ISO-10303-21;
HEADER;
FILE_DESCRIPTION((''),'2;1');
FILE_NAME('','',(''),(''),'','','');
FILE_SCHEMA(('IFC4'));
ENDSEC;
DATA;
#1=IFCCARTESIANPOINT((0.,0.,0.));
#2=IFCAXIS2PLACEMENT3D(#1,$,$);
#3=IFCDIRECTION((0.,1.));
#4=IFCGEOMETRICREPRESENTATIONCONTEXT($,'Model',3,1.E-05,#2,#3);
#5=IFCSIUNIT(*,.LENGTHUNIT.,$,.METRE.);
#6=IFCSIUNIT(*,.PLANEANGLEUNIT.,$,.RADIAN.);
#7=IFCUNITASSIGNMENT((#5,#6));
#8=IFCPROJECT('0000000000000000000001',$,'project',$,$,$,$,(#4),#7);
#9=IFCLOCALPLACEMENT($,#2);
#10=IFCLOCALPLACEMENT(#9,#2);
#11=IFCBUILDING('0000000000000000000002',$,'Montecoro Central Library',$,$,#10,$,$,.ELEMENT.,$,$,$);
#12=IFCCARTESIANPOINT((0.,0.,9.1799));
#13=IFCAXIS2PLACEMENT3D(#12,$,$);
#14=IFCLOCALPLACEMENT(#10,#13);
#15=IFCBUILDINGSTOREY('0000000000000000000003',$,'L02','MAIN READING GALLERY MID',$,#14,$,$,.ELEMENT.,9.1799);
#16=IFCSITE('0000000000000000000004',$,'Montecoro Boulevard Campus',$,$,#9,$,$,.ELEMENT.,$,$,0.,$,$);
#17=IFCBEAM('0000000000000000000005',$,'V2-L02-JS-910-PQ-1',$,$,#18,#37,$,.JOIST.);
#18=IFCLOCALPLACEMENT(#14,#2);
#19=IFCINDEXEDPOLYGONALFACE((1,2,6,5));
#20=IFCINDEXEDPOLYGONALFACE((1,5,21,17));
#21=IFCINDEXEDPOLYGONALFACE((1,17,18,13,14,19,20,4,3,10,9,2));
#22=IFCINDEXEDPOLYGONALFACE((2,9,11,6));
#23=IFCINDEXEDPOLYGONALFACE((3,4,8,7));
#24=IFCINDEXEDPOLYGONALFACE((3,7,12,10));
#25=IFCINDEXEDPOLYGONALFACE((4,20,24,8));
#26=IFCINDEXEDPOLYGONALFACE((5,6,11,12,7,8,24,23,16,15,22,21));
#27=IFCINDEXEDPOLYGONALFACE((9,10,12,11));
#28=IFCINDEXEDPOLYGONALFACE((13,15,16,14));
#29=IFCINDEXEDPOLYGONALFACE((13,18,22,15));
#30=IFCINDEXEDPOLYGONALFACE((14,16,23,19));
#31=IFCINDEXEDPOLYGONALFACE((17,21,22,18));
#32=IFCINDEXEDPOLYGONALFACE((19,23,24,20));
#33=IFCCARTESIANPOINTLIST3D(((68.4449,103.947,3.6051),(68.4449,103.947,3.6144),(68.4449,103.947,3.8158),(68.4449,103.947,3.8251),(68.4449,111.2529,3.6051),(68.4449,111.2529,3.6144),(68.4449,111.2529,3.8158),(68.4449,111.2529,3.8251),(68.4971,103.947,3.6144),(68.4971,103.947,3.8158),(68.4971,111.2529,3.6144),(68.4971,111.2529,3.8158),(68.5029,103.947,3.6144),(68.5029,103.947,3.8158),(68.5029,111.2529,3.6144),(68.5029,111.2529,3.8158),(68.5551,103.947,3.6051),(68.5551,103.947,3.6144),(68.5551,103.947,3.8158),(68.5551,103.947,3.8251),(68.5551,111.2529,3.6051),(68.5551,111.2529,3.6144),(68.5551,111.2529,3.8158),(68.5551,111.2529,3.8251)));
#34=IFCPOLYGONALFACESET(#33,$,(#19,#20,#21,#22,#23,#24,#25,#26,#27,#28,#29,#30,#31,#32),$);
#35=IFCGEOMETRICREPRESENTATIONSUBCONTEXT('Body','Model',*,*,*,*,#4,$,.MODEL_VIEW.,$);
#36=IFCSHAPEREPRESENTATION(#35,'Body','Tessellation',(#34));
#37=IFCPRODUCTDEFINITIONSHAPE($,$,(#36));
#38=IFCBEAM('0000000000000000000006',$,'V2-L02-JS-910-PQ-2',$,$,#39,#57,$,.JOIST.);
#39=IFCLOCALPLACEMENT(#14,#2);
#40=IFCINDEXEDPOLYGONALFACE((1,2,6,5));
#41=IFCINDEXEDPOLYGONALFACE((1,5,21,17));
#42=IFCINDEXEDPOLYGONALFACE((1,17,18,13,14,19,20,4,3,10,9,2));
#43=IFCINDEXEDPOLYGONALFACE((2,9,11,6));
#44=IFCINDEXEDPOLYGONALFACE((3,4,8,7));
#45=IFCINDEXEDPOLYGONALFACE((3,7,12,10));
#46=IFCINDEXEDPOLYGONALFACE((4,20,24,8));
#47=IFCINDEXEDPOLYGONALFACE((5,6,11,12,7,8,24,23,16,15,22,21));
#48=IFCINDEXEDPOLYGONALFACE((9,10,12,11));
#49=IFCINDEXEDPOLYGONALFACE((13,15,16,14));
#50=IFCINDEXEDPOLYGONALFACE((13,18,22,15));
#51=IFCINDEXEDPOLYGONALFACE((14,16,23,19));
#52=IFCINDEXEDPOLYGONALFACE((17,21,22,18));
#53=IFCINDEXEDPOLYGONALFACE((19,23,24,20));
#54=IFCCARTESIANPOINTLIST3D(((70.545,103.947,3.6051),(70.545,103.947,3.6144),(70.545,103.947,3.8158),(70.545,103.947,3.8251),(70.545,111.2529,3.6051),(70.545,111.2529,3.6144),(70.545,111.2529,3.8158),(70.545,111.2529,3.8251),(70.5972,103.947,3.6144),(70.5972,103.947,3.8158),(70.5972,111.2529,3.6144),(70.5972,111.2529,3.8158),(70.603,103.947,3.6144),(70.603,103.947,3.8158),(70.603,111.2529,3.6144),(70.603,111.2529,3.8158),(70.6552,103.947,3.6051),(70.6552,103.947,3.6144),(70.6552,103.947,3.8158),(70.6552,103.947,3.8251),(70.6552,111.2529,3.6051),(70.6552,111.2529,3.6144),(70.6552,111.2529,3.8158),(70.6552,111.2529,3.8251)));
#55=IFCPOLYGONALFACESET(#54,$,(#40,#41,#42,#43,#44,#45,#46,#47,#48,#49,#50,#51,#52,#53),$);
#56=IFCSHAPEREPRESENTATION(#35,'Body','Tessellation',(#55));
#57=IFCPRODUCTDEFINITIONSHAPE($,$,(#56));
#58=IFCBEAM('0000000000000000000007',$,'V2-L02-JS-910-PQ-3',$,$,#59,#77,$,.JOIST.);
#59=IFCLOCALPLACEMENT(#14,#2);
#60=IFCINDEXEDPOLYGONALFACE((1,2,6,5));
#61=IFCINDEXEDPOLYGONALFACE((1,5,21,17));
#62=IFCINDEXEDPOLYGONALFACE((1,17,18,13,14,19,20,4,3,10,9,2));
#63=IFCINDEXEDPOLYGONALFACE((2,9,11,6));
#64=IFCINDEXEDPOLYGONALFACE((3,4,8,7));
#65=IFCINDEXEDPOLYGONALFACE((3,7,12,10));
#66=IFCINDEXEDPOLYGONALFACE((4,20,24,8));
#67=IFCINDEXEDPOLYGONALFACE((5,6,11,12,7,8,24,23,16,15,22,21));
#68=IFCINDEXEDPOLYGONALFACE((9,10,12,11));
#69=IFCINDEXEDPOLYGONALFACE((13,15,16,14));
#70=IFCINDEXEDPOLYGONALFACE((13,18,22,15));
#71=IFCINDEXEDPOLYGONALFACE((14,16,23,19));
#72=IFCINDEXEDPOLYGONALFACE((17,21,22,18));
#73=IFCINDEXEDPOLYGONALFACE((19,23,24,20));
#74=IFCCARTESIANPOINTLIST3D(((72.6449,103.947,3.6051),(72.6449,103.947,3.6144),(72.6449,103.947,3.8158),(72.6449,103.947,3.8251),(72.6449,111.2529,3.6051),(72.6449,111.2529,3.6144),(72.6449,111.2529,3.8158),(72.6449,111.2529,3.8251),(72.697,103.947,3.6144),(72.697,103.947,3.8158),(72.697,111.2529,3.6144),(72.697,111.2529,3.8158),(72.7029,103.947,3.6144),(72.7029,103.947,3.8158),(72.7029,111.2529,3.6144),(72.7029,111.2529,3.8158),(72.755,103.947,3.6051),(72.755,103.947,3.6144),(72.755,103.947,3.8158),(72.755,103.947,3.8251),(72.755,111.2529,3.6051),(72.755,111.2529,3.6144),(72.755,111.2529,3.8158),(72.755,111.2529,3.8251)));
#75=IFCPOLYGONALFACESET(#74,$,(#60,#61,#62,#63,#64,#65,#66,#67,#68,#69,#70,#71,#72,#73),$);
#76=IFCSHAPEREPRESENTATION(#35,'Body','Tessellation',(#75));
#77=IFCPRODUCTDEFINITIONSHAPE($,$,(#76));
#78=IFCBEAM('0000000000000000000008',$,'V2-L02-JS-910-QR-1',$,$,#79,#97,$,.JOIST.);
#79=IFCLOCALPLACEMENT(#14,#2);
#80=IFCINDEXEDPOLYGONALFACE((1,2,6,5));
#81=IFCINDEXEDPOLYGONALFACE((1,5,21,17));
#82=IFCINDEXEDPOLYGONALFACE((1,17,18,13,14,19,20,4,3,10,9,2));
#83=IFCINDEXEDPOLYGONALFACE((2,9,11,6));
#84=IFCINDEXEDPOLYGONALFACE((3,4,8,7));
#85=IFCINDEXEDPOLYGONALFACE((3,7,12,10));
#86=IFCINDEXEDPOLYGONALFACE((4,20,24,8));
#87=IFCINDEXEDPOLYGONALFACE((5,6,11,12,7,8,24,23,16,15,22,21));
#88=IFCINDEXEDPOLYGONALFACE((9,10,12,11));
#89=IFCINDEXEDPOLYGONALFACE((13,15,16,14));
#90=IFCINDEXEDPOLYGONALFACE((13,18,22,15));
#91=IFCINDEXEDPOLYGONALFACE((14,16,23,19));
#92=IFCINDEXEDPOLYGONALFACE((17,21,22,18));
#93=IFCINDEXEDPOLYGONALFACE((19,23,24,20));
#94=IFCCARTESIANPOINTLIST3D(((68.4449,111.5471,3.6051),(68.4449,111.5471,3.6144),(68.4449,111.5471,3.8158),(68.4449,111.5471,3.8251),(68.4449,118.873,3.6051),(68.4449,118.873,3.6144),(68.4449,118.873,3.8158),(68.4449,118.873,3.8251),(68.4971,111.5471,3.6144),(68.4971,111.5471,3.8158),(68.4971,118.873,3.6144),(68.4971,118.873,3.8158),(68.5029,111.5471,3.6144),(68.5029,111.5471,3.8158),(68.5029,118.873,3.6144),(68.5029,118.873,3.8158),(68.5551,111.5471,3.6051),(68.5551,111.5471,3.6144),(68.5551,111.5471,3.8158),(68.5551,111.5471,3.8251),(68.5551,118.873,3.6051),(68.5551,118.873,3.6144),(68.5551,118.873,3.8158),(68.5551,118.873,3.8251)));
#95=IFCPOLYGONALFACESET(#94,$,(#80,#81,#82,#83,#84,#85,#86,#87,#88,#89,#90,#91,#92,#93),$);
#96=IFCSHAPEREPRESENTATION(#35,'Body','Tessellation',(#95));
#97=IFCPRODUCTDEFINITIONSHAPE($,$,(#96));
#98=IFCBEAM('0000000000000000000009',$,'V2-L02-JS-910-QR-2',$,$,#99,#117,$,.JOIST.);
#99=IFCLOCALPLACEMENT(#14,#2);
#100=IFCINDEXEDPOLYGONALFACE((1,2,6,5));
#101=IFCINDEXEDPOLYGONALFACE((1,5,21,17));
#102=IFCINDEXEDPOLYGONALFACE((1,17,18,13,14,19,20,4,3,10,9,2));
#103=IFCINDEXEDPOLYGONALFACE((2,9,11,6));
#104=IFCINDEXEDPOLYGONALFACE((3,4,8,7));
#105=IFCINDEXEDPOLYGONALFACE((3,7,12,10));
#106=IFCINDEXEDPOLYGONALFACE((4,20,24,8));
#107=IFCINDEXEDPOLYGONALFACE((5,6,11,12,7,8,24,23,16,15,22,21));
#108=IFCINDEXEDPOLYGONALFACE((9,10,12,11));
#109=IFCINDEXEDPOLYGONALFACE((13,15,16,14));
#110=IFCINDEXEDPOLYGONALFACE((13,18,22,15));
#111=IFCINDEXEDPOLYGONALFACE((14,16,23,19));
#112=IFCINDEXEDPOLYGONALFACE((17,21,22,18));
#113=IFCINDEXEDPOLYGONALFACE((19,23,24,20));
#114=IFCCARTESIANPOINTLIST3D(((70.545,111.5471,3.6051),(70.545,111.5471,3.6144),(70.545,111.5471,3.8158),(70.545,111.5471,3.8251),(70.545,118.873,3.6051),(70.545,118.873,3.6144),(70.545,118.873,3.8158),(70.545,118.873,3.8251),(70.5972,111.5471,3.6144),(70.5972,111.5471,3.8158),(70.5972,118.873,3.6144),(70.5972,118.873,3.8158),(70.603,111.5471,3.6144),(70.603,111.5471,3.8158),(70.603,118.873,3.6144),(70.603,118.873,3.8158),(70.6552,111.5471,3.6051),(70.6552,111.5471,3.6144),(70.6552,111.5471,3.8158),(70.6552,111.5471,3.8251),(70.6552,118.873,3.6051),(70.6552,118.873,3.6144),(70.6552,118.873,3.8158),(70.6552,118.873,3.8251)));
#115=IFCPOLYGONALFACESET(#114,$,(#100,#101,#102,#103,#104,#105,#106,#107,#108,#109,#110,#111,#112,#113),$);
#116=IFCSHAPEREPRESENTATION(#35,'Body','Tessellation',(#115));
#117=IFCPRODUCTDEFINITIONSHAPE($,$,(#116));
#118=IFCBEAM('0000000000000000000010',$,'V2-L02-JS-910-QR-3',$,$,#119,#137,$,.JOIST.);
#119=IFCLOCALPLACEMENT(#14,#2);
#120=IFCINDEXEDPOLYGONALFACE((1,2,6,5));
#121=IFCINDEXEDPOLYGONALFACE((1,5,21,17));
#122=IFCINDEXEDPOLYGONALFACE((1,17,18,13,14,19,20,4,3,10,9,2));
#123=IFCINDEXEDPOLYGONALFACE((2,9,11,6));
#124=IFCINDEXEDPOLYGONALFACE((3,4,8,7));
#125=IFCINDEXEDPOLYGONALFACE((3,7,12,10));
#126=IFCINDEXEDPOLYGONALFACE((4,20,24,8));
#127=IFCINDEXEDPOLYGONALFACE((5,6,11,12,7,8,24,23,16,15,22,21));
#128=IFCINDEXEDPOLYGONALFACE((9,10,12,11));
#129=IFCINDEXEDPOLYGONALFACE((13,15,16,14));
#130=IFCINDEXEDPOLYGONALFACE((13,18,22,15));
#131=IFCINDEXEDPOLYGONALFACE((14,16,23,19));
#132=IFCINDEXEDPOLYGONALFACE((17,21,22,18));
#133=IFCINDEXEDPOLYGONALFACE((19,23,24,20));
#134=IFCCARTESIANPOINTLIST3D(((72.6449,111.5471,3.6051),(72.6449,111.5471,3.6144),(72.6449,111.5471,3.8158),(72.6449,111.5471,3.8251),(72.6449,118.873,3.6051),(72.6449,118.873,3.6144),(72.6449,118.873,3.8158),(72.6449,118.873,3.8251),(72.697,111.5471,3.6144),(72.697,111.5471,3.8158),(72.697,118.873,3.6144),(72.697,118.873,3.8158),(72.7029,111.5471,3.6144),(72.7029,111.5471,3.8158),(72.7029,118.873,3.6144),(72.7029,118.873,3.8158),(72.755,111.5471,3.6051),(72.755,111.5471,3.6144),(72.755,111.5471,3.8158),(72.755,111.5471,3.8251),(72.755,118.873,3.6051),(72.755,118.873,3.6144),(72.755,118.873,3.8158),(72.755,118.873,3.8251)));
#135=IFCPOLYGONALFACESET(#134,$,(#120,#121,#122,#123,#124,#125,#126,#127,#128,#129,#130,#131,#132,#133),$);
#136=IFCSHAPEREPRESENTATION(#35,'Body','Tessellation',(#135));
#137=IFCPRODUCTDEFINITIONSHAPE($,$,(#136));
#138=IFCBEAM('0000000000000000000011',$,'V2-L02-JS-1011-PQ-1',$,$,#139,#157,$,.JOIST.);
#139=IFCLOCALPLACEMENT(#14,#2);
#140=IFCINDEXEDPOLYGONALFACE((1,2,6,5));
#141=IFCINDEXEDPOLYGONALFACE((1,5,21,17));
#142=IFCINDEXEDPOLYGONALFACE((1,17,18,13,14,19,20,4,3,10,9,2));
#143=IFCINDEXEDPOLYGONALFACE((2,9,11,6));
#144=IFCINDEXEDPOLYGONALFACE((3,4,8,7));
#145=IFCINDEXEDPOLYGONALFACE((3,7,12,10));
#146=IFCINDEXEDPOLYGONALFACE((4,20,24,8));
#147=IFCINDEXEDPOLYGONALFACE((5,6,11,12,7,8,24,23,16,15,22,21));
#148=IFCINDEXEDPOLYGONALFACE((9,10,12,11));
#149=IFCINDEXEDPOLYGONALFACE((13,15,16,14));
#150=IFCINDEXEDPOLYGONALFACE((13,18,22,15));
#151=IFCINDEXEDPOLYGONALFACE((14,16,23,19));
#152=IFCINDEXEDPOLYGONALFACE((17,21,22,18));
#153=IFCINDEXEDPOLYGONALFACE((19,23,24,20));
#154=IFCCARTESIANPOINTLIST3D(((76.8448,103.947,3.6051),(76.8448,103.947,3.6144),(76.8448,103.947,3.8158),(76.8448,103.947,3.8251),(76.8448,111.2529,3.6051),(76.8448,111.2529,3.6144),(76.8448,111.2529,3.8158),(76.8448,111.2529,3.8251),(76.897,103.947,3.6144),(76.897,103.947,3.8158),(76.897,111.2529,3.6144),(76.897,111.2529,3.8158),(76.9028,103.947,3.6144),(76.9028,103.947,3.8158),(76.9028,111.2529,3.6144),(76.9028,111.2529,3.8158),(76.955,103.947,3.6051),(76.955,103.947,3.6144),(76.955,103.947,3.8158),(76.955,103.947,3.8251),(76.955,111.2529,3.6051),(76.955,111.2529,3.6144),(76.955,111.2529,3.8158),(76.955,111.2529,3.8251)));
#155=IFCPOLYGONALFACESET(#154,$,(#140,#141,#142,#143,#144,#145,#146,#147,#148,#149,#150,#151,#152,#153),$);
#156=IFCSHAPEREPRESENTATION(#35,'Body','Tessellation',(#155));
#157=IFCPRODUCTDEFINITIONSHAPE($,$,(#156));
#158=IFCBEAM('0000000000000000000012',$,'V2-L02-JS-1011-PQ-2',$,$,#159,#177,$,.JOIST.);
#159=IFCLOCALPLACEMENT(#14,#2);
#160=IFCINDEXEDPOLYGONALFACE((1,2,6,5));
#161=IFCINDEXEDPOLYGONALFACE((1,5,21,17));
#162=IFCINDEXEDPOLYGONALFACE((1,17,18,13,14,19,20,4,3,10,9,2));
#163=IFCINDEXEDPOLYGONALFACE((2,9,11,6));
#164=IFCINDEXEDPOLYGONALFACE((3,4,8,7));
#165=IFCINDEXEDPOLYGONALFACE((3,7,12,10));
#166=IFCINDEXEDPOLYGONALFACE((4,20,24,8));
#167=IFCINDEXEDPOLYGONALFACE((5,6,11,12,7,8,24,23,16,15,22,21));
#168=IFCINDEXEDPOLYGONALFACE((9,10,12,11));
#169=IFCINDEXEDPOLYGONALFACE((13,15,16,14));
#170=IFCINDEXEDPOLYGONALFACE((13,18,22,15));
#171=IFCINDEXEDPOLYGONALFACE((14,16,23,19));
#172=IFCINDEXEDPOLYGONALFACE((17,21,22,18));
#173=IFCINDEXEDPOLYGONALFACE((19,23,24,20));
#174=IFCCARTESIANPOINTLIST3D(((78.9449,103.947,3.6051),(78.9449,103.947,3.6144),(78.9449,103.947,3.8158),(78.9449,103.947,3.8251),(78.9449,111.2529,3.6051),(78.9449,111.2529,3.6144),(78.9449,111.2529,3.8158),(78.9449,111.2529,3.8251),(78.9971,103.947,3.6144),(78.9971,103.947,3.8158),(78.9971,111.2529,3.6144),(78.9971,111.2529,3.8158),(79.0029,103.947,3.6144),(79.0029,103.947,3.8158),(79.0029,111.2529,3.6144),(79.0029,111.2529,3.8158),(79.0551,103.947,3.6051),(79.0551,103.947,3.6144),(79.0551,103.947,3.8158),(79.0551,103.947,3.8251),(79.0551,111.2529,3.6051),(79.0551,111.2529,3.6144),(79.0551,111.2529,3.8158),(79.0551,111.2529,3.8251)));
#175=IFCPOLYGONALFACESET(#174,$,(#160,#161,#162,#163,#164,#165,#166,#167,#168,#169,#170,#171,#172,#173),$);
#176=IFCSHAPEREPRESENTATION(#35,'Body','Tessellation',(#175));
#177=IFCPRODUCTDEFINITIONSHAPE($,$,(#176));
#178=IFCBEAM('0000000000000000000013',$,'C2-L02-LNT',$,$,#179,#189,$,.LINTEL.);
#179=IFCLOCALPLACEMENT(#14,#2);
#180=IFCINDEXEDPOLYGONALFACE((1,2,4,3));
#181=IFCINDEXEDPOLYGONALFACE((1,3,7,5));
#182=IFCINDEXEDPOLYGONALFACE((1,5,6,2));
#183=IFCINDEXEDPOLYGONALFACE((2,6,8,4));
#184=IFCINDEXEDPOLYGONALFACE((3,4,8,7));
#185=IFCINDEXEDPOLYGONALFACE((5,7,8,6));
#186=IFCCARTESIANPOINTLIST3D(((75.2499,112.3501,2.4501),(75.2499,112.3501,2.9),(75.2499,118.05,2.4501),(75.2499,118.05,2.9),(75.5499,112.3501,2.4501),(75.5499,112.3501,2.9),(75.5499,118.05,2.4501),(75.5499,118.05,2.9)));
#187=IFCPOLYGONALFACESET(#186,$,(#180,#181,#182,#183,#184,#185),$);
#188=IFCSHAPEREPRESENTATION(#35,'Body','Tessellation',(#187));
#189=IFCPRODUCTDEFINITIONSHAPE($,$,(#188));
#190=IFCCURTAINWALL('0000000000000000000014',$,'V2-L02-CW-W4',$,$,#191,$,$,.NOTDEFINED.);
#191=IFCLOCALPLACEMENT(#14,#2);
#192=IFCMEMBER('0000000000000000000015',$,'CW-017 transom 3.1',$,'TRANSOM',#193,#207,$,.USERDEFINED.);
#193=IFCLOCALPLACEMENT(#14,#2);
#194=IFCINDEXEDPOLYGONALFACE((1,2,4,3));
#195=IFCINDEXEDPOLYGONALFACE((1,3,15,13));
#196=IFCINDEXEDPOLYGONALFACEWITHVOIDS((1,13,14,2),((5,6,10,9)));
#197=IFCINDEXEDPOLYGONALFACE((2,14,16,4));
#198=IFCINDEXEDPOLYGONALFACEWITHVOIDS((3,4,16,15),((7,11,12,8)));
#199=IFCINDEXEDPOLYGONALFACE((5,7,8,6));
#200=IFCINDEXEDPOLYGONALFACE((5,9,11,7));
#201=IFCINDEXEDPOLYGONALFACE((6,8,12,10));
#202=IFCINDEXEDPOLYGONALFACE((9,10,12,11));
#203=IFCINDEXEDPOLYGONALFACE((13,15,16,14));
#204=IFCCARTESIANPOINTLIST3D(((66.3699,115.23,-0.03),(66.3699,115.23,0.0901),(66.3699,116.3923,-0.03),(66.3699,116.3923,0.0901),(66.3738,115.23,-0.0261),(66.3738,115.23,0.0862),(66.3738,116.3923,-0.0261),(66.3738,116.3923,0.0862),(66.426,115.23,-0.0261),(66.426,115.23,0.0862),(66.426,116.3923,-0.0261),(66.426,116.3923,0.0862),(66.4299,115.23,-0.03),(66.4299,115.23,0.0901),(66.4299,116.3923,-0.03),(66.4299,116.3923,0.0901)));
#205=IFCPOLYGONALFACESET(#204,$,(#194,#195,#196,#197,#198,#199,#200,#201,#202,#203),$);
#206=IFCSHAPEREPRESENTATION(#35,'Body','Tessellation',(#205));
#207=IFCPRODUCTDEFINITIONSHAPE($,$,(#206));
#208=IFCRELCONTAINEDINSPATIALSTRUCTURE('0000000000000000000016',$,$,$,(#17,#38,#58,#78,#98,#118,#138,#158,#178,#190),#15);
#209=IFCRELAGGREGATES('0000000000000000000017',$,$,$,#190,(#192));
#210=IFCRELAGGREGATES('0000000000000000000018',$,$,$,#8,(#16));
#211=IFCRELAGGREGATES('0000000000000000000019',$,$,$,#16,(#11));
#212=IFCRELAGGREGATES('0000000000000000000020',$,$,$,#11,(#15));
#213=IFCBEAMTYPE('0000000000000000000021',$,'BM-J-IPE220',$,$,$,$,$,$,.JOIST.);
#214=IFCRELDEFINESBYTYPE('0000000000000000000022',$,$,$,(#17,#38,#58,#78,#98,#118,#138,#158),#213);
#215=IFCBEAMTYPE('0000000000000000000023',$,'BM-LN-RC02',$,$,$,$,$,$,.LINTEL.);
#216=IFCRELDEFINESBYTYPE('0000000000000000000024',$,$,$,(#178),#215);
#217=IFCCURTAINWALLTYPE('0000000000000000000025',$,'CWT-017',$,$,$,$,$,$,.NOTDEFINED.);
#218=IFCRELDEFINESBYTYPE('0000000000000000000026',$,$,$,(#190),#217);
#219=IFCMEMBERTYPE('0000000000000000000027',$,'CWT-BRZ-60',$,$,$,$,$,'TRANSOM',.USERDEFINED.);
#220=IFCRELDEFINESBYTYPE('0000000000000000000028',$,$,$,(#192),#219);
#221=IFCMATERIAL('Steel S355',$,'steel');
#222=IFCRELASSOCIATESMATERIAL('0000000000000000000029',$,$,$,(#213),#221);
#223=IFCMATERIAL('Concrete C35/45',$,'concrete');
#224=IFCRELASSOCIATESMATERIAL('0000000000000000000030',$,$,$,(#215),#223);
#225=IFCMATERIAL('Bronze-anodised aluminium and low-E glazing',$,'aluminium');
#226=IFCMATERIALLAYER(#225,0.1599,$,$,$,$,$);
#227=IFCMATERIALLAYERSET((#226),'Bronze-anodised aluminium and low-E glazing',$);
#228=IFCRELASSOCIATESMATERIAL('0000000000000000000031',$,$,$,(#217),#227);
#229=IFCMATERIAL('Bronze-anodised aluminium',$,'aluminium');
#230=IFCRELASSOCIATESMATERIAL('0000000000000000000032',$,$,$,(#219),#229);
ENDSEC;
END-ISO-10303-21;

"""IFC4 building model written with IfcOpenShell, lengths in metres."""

from ifc_helpers import new_model, si_unit, direction, frame, origin, origin_2d, place, context, subcontext, project, spatial, rectangle, hollow_rectangle, i_section, extrude, material, layer, layer_set, material_profile, profile_set, type_object, element, aggregate, save


model = new_model("IFC4")

# Units and contexts
model_context = context("Model", 3, precision=1e-05, world=origin(), true_north=direction((0.0, 1.0)))
body_context = subcontext(model_context, "Body", "Model", "MODEL_VIEW")
ifc_project = project(units=[si_unit("LENGTHUNIT", "METRE"), si_unit("PLANEANGLEUNIT", "RADIAN")], contexts=[model_context])

# Site, building, storey
site_placement = place(None, origin())
site = spatial("IfcSite", under=ifc_project, at=site_placement, Name="Montecoro Boulevard Campus", CompositionType="ELEMENT", RefElevation=0.0)
building_placement = place(site_placement, origin())
building = spatial("IfcBuilding", under=site, at=building_placement, Name="Montecoro Central Library", CompositionType="ELEMENT")
storey_placement = place(building_placement, frame((0.0, 0.0, 9.1799)))
storey = spatial("IfcBuildingStorey", under=building, at=storey_placement, Name="L02", Description="MAIN READING GALLERY MID", CompositionType="ELEMENT", Elevation=9.1799)

# Shared definitions
ifc_material_1 = material(Name="Steel S355", Category="steel")

# Beams
ifc_material_profile_1 = material_profile(ifc_material_1, i_section(OverallWidth=0.1101, OverallDepth=0.22, WebThickness=0.0059, FlangeThickness=0.0093, at=origin_2d()), Name="IPE 220")
ifc_profile_set_1 = profile_set([ifc_material_profile_1], Name="Steel S355")
beam_type_1 = type_object("IfcBeamType", Name="BM-J-IPE220", PredefinedType="JOIST", material=ifc_profile_set_1)
for number, where, z_axis, x_axis, name in (
    (1, (68.5, 103.947, 3.7151), (0.0, 1.0, 0.0), (-1.0, 0.0, 0.0), "V2-L02-JS-910-PQ-1"),
    (2, (70.6001, 103.947, 3.7151), (0.0, 1.0, 0.0), (-1.0, 0.0, 0.0), "V2-L02-JS-910-PQ-2"),
    (3, (72.7, 103.947, 3.7151), (0.0, 1.0, 0.0), (-1.0, 0.0, 0.0), "V2-L02-JS-910-PQ-3"),
):
    element("IfcBeam", number, at=place(storey_placement, frame(where, z_axis=z_axis, x_axis=x_axis)), inside=storey, type_object=beam_type_1, Name=name, PredefinedType="JOIST", context=body_context, shape_type="SweptSolid", body=[
        extrude(i_section(OverallWidth=0.1101, OverallDepth=0.22, WebThickness=0.0059, FlangeThickness=0.0093, at=origin_2d()), origin(), (0.0, 0.0, 1.0), 7.3059),
    ])
for number, where, z_axis, x_axis, name in (
    (4, (68.5, 111.5471, 3.7151), (0.0, 1.0, 0.0), (-1.0, 0.0, 0.0), "V2-L02-JS-910-QR-1"),
    (5, (70.6001, 111.5471, 3.7151), (0.0, 1.0, 0.0), (-1.0, 0.0, 0.0), "V2-L02-JS-910-QR-2"),
    (6, (72.7, 111.5471, 3.7151), (0.0, 1.0, 0.0), (-1.0, 0.0, 0.0), "V2-L02-JS-910-QR-3"),
):
    element("IfcBeam", number, at=place(storey_placement, frame(where, z_axis=z_axis, x_axis=x_axis)), inside=storey, type_object=beam_type_1, Name=name, PredefinedType="JOIST", context=body_context, shape_type="SweptSolid", body=[
        extrude(i_section(OverallWidth=0.1101, OverallDepth=0.22, WebThickness=0.0059, FlangeThickness=0.0093, at=origin_2d()), origin(), (0.0, 0.0, 1.0), 7.3259),
    ])
for number, where, z_axis, x_axis, name in (
    (7, (76.8999, 103.947, 3.7151), (0.0, 1.0, 0.0), (-1.0, 0.0, 0.0), "V2-L02-JS-1011-PQ-1"),
    (8, (79.0, 103.947, 3.7151), (0.0, 1.0, 0.0), (-1.0, 0.0, 0.0), "V2-L02-JS-1011-PQ-2"),
):
    element("IfcBeam", number, at=place(storey_placement, frame(where, z_axis=z_axis, x_axis=x_axis)), inside=storey, type_object=beam_type_1, Name=name, PredefinedType="JOIST", context=body_context, shape_type="SweptSolid", body=[
        extrude(i_section(OverallWidth=0.1101, OverallDepth=0.22, WebThickness=0.0059, FlangeThickness=0.0093, at=origin_2d()), origin(), (0.0, 0.0, 1.0), 7.3059),
    ])
ifc_material_2 = material(Name="Concrete C35/45", Category="concrete")
ifc_material_profile_2 = material_profile(ifc_material_2, rectangle(XDim=0.3, YDim=0.45, at=origin_2d()), Name="RC LNT 450x300")
ifc_profile_set_2 = profile_set([ifc_material_profile_2], Name="Concrete C35/45")
beam_type_2 = type_object("IfcBeamType", Name="BM-LN-RC02", PredefinedType="LINTEL", material=ifc_profile_set_2)
beam_1_placement = place(storey_placement, frame((75.3999, 112.3501, 2.675), z_axis=(0.0, 1.0, 0.0), x_axis=(-1.0, 0.0, 0.0)))
element("IfcBeam", 9, at=beam_1_placement, inside=storey, type_object=beam_type_2, Name="C2-L02-LNT", PredefinedType="LINTEL", context=body_context, shape_type="SweptSolid", body=[
    extrude(rectangle(XDim=0.3, YDim=0.45, at=origin_2d()), origin(), (0.0, 0.0, 1.0), 5.7),
])

# Curtain wall, member
ifc_material_3 = material(Name="Bronze-anodised aluminium and low-E glazing", Category="aluminium")
ifc_layer_1 = layer(ifc_material_3, 0.1599)
ifc_layer_set_1 = layer_set([ifc_layer_1], Name="Bronze-anodised aluminium and low-E glazing")
curtain_wall_type = type_object("IfcCurtainWallType", Name="CWT-017", PredefinedType="NOTDEFINED", material=ifc_layer_set_1)
curtain_wall_placement = place(storey_placement, origin())
curtain_wall = element("IfcCurtainWall", 10, at=curtain_wall_placement, inside=storey, type_object=curtain_wall_type, Name="V2-L02-CW-W4", PredefinedType="NOTDEFINED")
ifc_material_4 = material(Name="Bronze-anodised aluminium", Category="aluminium")
ifc_material_profile_3 = material_profile(ifc_material_4, hollow_rectangle(XDim=0.0601, YDim=0.1201, WallThickness=0.0039, at=origin_2d()), Name="CWT 120x60x4.0")
ifc_profile_set_3 = profile_set([ifc_material_profile_3], Name="Bronze-anodised aluminium")
member_type = type_object("IfcMemberType", Name="CWT-BRZ-60", ElementType="TRANSOM", PredefinedType="USERDEFINED", material=ifc_profile_set_3)
member_placement = place(storey_placement, frame((66.3999, 116.3923, 0.03), z_axis=(0.0, -1.0, 0.0), x_axis=(1.0, 0.0, 0.0)))
member = element("IfcMember", 11, at=member_placement, type_object=member_type, Name="CW-017 transom 3.1", ObjectType="TRANSOM", PredefinedType="USERDEFINED", context=body_context, shape_type="SweptSolid", body=[
    extrude(hollow_rectangle(XDim=0.0601, YDim=0.1201, WallThickness=0.0039, at=origin_2d()), origin(), (0.0, 0.0, 1.0), 1.1624),
])
aggregate(curtain_wall, [member])

save(model, "model.ifc")
